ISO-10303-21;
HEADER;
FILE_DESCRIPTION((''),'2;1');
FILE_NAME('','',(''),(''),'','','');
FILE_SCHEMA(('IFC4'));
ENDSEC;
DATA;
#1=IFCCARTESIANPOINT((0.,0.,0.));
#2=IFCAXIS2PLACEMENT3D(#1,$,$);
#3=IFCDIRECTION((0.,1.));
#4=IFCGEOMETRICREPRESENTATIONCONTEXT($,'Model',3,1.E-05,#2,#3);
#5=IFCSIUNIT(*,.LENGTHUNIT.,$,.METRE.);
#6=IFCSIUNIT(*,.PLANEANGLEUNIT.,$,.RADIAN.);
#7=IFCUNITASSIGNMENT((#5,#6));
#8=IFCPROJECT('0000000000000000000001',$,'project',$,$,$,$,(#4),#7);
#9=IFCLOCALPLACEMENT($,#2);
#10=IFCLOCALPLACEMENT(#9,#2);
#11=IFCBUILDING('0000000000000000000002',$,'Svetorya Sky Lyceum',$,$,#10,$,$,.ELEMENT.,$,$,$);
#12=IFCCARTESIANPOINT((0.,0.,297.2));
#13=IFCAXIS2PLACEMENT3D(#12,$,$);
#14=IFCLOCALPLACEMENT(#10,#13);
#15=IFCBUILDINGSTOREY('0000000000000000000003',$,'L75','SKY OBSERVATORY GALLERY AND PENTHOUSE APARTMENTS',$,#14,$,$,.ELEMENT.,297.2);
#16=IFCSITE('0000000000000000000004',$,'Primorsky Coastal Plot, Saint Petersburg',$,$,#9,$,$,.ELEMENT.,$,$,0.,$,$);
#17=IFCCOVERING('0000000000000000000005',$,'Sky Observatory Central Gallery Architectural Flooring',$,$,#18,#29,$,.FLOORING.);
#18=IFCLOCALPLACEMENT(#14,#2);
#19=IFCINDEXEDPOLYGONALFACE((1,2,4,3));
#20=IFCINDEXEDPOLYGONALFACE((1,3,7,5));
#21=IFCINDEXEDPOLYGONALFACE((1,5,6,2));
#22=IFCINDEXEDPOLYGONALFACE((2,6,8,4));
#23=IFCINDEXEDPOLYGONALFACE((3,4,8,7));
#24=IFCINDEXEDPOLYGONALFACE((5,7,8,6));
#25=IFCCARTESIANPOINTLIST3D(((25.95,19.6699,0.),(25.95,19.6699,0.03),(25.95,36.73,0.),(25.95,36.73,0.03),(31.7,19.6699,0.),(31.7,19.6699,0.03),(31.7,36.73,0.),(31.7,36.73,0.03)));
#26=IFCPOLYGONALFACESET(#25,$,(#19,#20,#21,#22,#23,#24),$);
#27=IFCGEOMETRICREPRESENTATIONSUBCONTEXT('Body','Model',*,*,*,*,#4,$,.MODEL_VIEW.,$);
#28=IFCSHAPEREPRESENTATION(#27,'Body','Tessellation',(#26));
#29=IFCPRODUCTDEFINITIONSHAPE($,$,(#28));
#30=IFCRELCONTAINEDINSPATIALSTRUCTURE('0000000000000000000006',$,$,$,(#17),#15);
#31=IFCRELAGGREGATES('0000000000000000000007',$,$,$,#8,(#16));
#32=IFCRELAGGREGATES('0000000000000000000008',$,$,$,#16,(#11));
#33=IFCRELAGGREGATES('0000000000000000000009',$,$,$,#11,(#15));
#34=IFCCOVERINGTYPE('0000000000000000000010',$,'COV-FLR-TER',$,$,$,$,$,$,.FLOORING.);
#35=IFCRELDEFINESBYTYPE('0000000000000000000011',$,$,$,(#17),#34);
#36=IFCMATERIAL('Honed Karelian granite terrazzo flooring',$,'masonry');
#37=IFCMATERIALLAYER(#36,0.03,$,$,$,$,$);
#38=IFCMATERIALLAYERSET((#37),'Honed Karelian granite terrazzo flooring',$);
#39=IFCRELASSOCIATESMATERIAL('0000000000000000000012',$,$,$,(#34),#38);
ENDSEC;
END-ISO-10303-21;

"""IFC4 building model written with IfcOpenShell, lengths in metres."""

from ifc_helpers import new_model, si_unit, direction, frame, origin, place, context, subcontext, project, spatial, polyline, outline, extrude, material, layer, layer_set, type_object, element, save


model = new_model("IFC4")

# Units and contexts
model_context = context("Model", 3, precision=1e-05, world=origin(), true_north=direction((0.0, 1.0)))
body_context = subcontext(model_context, "Body", "Model", "MODEL_VIEW")
ifc_project = project(units=[si_unit("LENGTHUNIT", "METRE"), si_unit("PLANEANGLEUNIT", "RADIAN")], contexts=[model_context])

# Site, building, storey
site_placement = place(None, origin())
site = spatial("IfcSite", under=ifc_project, at=site_placement, Name="Primorsky Coastal Plot, Saint Petersburg", CompositionType="ELEMENT", RefElevation=0.0)
building_placement = place(site_placement, origin())
building = spatial("IfcBuilding", under=site, at=building_placement, Name="Svetorya Sky Lyceum", CompositionType="ELEMENT")
storey_placement = place(building_placement, frame((0.0, 0.0, 297.2)))
storey = spatial("IfcBuildingStorey", under=building, at=storey_placement, Name="L75", Description="SKY OBSERVATORY GALLERY AND PENTHOUSE APARTMENTS", CompositionType="ELEMENT", Elevation=297.2)

# Covering
ifc_material_1 = material(Name="Honed Karelian granite terrazzo flooring", Category="masonry")
ifc_layer_1 = layer(ifc_material_1, 0.03)
ifc_layer_set_1 = layer_set([ifc_layer_1], Name="Honed Karelian granite terrazzo flooring")
covering_type_1 = type_object("IfcCoveringType", Name="COV-FLR-TER", PredefinedType="FLOORING", material=ifc_layer_set_1)
covering_1_placement = place(storey_placement, origin())
element("IfcCovering", 1, at=covering_1_placement, inside=storey, type_object=covering_type_1, Name="Sky Observatory Central Gallery Architectural Flooring", PredefinedType="FLOORING", context=body_context, shape_type="SweptSolid", body=[
    extrude(outline(polyline([(25.95, 19.6699), (31.7, 19.6699), (31.7, 36.73), (25.95, 36.73), (25.95, 19.6699)])), origin(), (0.0, 0.0, 1.0), 0.03),
])

save(model, "model.ifc")
